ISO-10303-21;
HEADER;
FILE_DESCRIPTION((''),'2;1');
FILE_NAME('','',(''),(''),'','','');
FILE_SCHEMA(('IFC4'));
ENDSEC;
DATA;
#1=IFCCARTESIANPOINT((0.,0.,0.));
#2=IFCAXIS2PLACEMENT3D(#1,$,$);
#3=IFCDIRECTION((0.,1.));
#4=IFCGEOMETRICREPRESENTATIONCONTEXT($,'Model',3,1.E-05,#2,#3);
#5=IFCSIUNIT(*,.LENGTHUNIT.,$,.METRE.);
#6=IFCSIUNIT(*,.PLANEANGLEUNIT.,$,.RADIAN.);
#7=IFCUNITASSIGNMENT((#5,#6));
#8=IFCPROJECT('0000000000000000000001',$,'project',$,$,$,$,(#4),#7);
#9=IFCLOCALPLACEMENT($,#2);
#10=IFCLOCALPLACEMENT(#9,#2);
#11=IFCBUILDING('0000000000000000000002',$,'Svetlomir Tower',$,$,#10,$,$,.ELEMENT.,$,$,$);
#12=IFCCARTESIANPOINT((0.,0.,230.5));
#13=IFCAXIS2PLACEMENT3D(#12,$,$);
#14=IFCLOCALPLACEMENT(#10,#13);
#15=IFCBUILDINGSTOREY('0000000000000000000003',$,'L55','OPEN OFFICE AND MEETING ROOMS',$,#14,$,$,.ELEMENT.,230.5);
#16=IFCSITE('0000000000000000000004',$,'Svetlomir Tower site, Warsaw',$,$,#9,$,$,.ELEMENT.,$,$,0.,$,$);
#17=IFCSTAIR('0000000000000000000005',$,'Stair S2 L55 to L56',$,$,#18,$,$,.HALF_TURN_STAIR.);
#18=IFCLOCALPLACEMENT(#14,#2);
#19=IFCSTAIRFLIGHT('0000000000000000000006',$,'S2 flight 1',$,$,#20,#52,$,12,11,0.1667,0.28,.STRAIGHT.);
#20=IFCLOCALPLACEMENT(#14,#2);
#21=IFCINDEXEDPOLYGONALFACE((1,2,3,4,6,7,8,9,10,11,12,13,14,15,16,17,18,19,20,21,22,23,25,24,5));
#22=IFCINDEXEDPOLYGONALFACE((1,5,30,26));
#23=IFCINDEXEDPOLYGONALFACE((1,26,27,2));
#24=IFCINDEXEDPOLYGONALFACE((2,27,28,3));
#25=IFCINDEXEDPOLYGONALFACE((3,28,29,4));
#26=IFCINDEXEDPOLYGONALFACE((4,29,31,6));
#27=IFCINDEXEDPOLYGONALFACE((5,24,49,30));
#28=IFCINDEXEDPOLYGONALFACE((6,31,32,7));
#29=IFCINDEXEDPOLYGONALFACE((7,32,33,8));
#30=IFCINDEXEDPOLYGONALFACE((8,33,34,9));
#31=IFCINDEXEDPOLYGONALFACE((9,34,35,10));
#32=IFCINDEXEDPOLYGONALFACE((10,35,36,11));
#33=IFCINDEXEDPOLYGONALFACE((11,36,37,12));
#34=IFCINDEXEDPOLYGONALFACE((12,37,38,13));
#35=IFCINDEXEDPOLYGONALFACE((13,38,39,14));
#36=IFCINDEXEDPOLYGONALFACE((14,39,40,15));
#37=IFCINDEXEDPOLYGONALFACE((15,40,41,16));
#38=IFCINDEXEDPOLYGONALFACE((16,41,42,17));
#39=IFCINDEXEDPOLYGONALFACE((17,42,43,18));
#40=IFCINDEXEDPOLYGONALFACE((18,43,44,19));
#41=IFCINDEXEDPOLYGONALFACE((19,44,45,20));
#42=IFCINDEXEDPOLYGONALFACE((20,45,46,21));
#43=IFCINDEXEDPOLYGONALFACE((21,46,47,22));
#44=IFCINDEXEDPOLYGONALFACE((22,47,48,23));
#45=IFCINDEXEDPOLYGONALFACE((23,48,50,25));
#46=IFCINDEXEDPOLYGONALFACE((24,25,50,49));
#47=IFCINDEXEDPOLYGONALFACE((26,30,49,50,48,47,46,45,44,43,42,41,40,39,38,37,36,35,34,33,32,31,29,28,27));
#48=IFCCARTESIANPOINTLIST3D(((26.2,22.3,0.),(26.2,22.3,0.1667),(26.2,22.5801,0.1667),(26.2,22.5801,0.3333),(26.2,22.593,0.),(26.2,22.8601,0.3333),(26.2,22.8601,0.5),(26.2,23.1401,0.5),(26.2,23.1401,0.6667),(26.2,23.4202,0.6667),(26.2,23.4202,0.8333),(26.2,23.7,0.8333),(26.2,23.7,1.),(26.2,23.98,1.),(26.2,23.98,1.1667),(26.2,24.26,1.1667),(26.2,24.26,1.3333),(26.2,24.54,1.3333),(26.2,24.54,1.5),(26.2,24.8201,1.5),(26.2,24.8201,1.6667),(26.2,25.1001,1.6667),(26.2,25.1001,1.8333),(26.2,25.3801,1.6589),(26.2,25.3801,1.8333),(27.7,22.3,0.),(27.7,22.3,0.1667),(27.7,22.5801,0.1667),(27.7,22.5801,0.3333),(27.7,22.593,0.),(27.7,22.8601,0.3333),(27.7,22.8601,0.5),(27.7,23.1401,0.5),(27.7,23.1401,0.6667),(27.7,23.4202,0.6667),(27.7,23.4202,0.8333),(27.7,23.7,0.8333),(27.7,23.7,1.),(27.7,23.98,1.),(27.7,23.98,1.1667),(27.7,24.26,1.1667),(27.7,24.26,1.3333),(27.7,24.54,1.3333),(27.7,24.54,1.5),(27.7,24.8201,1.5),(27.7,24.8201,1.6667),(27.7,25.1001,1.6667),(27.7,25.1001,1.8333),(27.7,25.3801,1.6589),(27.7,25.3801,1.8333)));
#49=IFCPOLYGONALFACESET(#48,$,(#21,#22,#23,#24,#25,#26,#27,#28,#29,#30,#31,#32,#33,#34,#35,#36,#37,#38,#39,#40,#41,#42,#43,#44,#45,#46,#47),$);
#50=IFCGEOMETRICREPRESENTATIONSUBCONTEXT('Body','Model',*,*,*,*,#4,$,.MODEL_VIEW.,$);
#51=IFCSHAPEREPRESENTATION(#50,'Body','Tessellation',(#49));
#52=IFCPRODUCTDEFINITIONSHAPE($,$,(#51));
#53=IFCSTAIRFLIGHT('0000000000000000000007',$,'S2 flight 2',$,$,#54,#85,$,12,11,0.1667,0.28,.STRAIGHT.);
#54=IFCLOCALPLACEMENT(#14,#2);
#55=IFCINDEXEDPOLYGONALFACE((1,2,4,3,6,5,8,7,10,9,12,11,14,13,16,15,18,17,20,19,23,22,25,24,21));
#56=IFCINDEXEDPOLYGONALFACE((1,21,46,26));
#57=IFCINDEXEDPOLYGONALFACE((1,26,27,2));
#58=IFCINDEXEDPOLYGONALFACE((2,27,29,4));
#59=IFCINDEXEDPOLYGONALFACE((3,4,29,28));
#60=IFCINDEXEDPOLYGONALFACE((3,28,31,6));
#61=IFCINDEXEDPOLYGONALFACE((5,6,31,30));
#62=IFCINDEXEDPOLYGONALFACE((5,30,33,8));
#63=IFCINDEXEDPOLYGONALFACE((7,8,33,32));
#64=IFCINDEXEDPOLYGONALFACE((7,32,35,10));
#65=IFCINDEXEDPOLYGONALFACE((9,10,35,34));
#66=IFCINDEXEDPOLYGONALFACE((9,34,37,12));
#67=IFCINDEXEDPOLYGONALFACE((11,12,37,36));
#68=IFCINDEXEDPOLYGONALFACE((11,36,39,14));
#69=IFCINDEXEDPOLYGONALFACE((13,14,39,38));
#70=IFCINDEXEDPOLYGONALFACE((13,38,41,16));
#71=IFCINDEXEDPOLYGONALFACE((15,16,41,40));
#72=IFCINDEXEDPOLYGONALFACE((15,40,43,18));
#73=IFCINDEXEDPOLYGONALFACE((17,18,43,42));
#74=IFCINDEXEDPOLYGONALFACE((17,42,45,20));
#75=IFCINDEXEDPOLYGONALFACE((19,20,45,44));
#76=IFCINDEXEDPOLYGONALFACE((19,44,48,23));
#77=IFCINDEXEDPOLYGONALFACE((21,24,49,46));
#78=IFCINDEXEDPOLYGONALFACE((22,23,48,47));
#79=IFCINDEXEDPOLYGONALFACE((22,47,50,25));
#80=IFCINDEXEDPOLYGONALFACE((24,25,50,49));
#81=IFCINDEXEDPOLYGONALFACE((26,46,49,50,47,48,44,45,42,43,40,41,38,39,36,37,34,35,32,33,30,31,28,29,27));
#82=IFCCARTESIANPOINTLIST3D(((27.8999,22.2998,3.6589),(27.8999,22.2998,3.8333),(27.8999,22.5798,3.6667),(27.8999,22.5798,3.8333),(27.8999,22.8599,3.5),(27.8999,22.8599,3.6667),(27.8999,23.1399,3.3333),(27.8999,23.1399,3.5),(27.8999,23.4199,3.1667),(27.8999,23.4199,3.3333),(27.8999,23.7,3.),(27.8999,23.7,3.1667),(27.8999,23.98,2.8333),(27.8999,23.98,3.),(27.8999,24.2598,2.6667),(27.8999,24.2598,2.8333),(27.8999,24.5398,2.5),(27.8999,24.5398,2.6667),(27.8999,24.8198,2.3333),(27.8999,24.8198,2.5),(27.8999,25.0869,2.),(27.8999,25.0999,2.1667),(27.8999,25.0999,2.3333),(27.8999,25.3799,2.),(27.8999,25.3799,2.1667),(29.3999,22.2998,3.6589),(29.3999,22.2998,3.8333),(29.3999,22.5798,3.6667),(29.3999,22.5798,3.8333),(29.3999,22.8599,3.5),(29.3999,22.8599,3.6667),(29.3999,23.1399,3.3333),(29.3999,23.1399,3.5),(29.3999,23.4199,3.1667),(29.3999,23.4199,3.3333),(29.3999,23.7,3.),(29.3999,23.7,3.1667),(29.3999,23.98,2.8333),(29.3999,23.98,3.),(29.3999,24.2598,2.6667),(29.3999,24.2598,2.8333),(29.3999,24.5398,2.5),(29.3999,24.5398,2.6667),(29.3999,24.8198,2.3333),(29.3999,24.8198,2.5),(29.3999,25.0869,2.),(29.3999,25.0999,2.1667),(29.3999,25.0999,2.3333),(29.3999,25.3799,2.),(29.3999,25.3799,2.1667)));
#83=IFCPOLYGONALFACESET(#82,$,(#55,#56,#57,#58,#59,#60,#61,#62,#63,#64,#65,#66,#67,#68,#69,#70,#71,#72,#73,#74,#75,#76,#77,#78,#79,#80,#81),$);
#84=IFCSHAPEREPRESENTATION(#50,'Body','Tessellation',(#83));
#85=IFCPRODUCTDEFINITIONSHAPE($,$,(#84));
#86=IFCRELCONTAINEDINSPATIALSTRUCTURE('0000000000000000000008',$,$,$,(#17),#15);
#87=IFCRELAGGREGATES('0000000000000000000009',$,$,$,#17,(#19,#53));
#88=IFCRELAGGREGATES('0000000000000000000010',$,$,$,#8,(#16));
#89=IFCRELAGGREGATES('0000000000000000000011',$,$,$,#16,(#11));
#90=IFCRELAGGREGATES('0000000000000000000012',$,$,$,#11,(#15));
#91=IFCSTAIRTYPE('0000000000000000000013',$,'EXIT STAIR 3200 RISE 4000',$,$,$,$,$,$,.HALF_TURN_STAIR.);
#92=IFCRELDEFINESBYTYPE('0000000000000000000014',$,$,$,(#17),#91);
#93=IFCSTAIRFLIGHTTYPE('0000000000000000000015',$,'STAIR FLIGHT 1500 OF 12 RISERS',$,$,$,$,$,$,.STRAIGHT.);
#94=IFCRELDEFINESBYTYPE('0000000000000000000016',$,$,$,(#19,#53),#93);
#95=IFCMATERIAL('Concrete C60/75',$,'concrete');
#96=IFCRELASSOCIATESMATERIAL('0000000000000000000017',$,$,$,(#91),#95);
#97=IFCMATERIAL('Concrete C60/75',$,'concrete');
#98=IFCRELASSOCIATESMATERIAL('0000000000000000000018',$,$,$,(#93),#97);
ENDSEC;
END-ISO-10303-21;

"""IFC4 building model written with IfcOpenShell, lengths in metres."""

from ifc_helpers import new_model, si_unit, direction, frame, origin, place, context, subcontext, project, spatial, polyline, outline, extrude, material, type_object, element, aggregate, save


model = new_model("IFC4")

# Units and contexts
model_context = context("Model", 3, precision=1e-05, world=origin(), true_north=direction((0.0, 1.0)))
body_context = subcontext(model_context, "Body", "Model", "MODEL_VIEW")
ifc_project = project(units=[si_unit("LENGTHUNIT", "METRE"), si_unit("PLANEANGLEUNIT", "RADIAN")], contexts=[model_context])

# Site, building, storey
site_placement = place(None, origin())
site = spatial("IfcSite", under=ifc_project, at=site_placement, Name="Svetlomir Tower site, Warsaw", CompositionType="ELEMENT", RefElevation=0.0)
building_placement = place(site_placement, origin())
building = spatial("IfcBuilding", under=site, at=building_placement, Name="Svetlomir Tower", CompositionType="ELEMENT")
storey_placement = place(building_placement, frame((0.0, 0.0, 230.5)))
storey = spatial("IfcBuildingStorey", under=building, at=storey_placement, Name="L55", Description="OPEN OFFICE AND MEETING ROOMS", CompositionType="ELEMENT", Elevation=230.5)

# Stair, stair flights
ifc_material_1 = material(Name="Concrete C60/75", Category="concrete")
stair_type = type_object("IfcStairType", Name="EXIT STAIR 3200 RISE 4000", PredefinedType="HALF_TURN_STAIR", material=ifc_material_1)
stair_placement = place(storey_placement, origin())
stair = element("IfcStair", 1, at=stair_placement, inside=storey, type_object=stair_type, Name="Stair S2 L55 to L56", PredefinedType="HALF_TURN_STAIR")
ifc_material_2 = material(Name="Concrete C60/75", Category="concrete")
stair_flight_type = type_object("IfcStairFlightType", Name="STAIR FLIGHT 1500 OF 12 RISERS", PredefinedType="STRAIGHT", material=ifc_material_2)
stair_flight_1_placement = place(storey_placement, frame((26.95, 22.3, 0.0), z_axis=(0.0, 0.0, 1.0), x_axis=(0.0, 1.0, 0.0)))
stair_flight_1 = element("IfcStairFlight", 2, at=stair_flight_1_placement, type_object=stair_flight_type, Name="S2 flight 1", NumberOfRisers=12, NumberOfTreads=11, PredefinedType="STRAIGHT", RiserHeight=0.1667, TreadLength=0.28, context=body_context, shape_type="SweptSolid", body=[
    extrude(outline(polyline([(0.0, 0.0), (0.0, 0.1667), (0.28, 0.1667), (0.28, 0.3333), (0.5601, 0.3333), (0.5601, 0.5), (0.8401, 0.5), (0.8401, 0.6667), (1.1201, 0.6667), (1.1201, 0.8333), (1.3999, 0.8333), (1.3999, 1.0), (1.6799, 1.0), (1.6799, 1.1667), (1.96, 1.1667), (1.96, 1.3333), (2.24, 1.3333), (2.24, 1.5), (2.52, 1.5), (2.52, 1.6667), (2.8, 1.6667), (2.8, 1.8333), (3.0801, 1.8333), (3.0801, 2.0), (3.0801, 1.6589), (0.293, 0.0), (0.0, 0.0)])), frame((0.0, 0.75, 0.0), z_axis=(0.0, -1.0, 0.0), x_axis=(1.0, 0.0, 0.0)), (0.0, 0.0, 1.0), 1.5),
])
stair_flight_2_placement = place(storey_placement, frame((28.6499, 25.3799, 2.0), z_axis=(0.0, 0.0, 1.0), x_axis=(0.0, -1.0, 0.0)))
stair_flight_2 = element("IfcStairFlight", 3, at=stair_flight_2_placement, type_object=stair_flight_type, Name="S2 flight 2", NumberOfRisers=12, NumberOfTreads=11, PredefinedType="STRAIGHT", RiserHeight=0.1667, TreadLength=0.28, context=body_context, shape_type="SweptSolid", body=[
    extrude(outline(polyline([(0.0, 0.0), (0.0, 0.1667), (0.28, 0.1667), (0.28, 0.3333), (0.5601, 0.3333), (0.5601, 0.5), (0.8401, 0.5), (0.8401, 0.6667), (1.1201, 0.6667), (1.1201, 0.8333), (1.3999, 0.8333), (1.3999, 1.0), (1.6799, 1.0), (1.6799, 1.1667), (1.96, 1.1667), (1.96, 1.3333), (2.24, 1.3333), (2.24, 1.5), (2.52, 1.5), (2.52, 1.6667), (2.8, 1.6667), (2.8, 1.8333), (3.0801, 1.8333), (3.0801, 2.0), (3.0801, 1.6589), (0.293, 0.0), (0.0, 0.0)])), frame((0.0, 0.75, 0.0), z_axis=(0.0, -1.0, 0.0), x_axis=(1.0, 0.0, 0.0)), (0.0, 0.0, 1.0), 1.5),
])
aggregate(stair, [stair_flight_1, stair_flight_2])

save(model, "model.ifc")
